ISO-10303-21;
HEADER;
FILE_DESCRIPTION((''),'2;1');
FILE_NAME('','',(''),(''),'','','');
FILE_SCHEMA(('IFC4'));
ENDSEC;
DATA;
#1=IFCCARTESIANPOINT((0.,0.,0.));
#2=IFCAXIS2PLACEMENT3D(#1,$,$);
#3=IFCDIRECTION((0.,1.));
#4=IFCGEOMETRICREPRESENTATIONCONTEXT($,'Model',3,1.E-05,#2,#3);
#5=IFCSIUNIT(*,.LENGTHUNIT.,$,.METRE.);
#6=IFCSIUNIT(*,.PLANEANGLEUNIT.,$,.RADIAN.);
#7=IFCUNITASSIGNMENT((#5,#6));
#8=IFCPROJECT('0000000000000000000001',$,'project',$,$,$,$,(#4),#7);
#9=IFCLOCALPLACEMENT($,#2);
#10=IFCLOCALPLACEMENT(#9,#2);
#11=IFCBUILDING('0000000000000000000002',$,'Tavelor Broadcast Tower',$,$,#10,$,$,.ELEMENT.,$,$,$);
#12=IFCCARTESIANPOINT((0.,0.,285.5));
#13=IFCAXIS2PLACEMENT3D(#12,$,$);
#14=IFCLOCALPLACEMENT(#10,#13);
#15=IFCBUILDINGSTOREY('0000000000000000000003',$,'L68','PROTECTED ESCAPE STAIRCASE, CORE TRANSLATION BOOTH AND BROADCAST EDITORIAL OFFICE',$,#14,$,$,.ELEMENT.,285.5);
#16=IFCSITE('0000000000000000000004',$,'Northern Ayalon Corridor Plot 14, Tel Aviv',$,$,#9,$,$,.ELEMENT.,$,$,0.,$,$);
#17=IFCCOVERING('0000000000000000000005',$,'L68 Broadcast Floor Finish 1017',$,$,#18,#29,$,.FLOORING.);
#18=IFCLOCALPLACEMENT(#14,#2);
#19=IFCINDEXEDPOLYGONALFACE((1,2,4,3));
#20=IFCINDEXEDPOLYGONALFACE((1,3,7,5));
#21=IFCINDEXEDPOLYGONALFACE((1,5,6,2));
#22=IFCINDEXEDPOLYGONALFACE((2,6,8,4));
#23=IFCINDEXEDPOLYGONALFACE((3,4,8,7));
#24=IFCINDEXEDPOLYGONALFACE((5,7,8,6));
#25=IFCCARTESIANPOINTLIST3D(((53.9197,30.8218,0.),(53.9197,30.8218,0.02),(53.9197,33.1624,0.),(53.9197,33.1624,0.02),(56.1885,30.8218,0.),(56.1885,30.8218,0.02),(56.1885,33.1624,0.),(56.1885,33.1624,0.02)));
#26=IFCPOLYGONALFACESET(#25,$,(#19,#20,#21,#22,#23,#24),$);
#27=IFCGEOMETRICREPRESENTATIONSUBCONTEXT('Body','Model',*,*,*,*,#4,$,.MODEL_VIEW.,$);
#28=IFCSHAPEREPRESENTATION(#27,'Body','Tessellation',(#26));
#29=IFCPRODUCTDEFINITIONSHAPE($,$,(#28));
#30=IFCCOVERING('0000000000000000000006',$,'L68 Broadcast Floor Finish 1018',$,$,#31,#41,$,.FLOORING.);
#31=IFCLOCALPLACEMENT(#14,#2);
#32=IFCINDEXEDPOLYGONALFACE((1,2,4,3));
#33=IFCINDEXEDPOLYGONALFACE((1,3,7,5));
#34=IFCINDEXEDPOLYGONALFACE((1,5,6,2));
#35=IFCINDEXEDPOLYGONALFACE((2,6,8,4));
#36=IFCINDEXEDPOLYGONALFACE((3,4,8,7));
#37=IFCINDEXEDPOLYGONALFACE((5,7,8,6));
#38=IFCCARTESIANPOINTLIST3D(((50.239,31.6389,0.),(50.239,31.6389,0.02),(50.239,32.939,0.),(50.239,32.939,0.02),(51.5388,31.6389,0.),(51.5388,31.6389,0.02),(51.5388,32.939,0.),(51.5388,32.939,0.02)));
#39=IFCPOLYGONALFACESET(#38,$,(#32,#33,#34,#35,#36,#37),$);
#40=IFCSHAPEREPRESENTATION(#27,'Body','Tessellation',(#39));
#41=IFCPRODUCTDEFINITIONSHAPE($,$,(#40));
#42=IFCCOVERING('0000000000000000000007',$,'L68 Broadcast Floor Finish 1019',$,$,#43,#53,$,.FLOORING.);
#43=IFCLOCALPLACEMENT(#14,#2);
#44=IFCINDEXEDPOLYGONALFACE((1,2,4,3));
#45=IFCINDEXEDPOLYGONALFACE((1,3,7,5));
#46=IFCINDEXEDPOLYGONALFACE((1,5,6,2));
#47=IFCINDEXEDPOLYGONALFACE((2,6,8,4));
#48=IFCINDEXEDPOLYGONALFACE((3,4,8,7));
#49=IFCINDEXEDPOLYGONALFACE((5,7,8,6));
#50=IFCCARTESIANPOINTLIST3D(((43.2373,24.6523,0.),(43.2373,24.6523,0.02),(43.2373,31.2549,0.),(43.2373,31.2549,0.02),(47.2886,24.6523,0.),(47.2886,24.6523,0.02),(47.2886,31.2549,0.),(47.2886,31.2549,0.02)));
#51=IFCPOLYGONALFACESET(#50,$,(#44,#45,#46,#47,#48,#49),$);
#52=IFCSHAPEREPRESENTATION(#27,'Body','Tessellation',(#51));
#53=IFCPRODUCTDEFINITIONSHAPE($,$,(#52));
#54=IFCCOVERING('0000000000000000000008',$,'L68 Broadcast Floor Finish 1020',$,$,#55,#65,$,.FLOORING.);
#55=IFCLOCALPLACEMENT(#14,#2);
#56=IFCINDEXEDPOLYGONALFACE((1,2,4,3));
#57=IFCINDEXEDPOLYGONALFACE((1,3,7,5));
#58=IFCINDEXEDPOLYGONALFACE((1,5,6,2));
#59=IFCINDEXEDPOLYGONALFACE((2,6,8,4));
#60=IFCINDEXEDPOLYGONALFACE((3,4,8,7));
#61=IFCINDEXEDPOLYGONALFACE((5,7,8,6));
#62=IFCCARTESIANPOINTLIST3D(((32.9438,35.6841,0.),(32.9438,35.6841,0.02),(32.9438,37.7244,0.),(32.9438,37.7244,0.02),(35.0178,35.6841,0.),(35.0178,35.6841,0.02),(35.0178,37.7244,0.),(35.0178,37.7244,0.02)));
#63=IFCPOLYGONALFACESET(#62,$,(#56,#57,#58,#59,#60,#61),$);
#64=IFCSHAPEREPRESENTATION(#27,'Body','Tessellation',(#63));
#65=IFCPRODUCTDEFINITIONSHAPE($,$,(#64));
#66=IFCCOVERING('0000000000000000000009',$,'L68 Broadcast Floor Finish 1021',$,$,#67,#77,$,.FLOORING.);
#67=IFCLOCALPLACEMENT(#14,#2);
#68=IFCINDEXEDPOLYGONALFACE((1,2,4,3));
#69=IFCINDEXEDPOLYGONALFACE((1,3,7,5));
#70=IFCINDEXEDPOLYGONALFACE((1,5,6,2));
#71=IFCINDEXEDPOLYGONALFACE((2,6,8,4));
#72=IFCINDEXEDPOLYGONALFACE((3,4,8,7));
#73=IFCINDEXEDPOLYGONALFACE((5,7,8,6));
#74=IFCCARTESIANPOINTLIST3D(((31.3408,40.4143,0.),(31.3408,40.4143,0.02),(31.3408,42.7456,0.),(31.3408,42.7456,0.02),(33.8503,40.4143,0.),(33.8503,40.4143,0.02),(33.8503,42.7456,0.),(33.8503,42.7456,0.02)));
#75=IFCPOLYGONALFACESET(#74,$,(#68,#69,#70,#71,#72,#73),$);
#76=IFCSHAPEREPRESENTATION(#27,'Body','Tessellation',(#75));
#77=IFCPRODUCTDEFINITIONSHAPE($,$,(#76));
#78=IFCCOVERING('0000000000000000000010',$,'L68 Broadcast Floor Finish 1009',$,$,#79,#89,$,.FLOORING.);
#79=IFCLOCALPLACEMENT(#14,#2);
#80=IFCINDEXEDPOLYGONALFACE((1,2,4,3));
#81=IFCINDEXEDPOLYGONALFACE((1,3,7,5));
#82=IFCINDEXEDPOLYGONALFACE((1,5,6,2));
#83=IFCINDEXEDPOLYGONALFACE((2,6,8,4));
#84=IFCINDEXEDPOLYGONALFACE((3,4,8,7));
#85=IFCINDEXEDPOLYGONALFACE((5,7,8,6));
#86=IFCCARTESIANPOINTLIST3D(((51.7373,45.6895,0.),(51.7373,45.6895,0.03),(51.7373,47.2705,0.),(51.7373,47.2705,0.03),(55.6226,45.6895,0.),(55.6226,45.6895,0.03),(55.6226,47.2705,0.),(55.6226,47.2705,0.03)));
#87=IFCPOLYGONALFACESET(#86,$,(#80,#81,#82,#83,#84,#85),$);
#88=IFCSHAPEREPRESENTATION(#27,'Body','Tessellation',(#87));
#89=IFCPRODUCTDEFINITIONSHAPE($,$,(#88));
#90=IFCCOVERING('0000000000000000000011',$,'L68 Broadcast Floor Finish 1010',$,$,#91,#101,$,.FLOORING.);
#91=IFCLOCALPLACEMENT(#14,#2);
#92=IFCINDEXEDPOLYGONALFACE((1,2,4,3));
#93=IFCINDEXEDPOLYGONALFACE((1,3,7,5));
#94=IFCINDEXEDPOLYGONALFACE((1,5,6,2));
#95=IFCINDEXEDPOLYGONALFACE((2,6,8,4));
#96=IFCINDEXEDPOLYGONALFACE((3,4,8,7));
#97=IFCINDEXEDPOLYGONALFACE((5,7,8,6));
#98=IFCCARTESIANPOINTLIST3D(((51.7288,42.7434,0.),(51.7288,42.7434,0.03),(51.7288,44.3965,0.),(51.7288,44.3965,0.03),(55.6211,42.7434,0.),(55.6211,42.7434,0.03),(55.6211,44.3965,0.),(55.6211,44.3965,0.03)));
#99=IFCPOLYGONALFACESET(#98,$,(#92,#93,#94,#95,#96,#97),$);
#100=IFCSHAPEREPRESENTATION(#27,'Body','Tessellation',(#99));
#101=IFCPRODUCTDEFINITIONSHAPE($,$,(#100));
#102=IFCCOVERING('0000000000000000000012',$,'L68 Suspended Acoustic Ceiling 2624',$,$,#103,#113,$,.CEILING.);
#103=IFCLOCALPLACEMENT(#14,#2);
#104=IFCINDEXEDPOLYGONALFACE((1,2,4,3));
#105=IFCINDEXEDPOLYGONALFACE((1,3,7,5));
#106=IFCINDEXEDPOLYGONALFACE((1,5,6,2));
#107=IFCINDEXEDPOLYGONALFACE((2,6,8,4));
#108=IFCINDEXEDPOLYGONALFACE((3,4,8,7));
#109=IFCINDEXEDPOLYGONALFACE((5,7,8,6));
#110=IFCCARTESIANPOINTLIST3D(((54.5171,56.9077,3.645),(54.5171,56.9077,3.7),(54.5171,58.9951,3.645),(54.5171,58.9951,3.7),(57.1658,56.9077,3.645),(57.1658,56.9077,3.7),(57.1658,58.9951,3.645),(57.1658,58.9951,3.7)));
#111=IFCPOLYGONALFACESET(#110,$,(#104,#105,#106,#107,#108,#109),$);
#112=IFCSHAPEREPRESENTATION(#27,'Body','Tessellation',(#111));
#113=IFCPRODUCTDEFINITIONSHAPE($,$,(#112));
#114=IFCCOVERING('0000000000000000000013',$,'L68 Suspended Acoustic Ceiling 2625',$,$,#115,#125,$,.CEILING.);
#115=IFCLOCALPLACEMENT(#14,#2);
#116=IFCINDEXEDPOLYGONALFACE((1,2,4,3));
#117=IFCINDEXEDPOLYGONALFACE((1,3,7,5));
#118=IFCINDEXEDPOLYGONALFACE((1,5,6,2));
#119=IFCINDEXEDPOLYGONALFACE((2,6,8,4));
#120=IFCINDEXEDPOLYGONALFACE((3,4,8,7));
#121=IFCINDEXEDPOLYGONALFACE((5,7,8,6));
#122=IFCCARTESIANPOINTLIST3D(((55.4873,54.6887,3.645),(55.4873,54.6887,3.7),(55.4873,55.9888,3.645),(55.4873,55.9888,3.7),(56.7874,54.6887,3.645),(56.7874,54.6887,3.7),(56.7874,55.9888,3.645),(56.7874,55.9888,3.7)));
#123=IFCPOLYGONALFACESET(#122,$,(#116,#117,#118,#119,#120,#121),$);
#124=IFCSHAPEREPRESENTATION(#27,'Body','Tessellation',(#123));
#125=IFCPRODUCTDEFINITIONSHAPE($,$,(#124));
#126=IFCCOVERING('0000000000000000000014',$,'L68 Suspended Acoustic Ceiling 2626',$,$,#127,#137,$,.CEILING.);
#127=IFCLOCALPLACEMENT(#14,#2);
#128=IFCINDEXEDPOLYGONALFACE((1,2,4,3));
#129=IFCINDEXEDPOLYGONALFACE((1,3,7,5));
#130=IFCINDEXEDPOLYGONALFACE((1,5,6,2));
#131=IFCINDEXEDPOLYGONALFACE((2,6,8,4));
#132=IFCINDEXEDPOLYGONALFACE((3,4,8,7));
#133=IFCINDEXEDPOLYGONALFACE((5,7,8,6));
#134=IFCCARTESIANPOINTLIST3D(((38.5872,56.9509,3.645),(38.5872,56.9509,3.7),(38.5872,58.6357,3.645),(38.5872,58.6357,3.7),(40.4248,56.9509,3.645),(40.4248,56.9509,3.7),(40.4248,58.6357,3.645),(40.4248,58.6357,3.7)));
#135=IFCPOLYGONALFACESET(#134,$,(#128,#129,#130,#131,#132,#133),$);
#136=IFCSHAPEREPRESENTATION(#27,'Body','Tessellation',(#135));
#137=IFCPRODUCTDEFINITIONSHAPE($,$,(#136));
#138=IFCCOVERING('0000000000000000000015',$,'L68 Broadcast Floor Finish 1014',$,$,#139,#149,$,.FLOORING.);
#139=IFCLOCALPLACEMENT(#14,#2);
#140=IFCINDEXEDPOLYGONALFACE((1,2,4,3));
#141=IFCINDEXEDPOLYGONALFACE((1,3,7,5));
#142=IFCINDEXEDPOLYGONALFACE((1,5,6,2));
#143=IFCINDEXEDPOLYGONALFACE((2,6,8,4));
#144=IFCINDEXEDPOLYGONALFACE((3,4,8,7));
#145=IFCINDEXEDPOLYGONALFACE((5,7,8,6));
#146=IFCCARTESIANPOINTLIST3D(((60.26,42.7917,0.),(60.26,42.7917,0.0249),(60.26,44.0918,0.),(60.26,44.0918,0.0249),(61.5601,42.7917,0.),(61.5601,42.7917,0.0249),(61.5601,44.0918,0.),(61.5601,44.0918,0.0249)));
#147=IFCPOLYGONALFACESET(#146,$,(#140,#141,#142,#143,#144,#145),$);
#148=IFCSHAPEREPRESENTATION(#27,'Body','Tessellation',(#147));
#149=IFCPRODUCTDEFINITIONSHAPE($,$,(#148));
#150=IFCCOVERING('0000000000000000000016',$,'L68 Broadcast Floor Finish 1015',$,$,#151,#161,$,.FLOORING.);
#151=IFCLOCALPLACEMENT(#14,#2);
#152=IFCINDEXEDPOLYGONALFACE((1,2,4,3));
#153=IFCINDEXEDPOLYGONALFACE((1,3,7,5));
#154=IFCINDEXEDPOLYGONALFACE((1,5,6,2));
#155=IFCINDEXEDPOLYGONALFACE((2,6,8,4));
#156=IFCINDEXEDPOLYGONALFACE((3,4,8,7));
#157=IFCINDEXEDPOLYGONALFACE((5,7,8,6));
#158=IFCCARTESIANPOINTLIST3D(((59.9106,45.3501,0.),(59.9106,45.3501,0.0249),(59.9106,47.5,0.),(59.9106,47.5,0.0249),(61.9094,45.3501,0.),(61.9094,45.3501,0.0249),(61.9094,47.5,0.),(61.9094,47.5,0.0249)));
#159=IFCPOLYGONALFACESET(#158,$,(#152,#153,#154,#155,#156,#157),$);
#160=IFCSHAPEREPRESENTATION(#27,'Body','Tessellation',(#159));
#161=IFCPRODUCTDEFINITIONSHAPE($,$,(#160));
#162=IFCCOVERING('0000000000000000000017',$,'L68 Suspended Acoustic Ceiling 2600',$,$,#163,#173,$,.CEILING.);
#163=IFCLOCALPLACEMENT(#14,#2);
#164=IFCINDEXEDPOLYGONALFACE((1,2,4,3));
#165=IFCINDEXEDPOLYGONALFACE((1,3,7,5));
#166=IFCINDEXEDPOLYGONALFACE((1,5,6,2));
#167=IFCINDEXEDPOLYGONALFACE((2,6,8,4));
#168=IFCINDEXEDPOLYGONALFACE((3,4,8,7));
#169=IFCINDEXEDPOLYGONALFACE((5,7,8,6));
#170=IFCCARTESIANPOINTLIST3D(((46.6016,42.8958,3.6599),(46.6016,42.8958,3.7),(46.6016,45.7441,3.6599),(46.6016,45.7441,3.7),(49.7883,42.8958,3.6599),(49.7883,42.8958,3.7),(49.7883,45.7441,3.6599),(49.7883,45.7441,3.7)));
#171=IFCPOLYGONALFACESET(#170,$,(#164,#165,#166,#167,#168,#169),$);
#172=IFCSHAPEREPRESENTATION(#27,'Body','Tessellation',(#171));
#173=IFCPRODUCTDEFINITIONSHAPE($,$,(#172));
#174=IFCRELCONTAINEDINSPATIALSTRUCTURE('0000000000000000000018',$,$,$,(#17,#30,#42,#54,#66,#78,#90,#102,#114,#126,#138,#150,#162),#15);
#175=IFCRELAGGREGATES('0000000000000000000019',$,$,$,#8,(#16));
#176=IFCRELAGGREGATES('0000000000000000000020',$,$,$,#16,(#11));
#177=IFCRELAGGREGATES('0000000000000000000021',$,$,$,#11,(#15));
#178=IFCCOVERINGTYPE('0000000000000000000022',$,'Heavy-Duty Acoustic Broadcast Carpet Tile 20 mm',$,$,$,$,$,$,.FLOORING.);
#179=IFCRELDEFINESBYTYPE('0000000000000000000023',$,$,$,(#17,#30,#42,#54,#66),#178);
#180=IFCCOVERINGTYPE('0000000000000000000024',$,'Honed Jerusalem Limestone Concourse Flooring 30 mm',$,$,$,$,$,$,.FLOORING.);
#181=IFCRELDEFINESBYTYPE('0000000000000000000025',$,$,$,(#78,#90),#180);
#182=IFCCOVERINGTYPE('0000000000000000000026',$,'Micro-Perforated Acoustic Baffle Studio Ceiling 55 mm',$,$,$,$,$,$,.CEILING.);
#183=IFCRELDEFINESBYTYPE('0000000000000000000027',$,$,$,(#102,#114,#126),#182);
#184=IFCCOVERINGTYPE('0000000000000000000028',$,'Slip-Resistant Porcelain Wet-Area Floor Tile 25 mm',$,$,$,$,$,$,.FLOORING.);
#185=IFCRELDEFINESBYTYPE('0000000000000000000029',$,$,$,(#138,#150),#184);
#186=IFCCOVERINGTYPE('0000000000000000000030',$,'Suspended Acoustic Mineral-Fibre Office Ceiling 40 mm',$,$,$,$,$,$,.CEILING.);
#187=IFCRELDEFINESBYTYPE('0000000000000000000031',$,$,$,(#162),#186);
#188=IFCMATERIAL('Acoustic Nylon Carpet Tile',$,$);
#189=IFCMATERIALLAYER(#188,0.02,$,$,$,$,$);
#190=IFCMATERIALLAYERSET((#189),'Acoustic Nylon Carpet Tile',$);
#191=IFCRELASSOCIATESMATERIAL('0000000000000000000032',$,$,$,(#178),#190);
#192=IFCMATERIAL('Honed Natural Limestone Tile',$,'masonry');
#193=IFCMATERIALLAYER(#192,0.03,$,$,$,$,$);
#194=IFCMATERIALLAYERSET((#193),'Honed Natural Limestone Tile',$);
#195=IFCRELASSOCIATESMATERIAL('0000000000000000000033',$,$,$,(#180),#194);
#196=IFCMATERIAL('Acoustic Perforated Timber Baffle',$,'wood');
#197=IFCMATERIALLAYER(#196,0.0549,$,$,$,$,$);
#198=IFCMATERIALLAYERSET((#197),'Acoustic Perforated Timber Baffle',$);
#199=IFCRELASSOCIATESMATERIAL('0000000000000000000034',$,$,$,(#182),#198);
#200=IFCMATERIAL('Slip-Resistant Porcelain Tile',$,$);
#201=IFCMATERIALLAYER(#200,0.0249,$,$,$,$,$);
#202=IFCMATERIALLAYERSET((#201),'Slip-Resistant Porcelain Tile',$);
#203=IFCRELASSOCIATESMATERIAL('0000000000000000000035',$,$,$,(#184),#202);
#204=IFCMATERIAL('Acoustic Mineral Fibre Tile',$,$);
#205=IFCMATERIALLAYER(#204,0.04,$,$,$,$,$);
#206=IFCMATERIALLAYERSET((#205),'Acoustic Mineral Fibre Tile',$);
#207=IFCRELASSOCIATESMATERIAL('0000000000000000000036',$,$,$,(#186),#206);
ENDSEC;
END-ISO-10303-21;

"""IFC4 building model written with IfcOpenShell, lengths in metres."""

from ifc_helpers import new_model, si_unit, direction, frame, origin, place, context, subcontext, project, spatial, polyline, outline, extrude, material, layer, layer_set, type_object, element, save


model = new_model("IFC4")

# Units and contexts
model_context = context("Model", 3, precision=1e-05, world=origin(), true_north=direction((0.0, 1.0)))
body_context = subcontext(model_context, "Body", "Model", "MODEL_VIEW")
ifc_project = project(units=[si_unit("LENGTHUNIT", "METRE"), si_unit("PLANEANGLEUNIT", "RADIAN")], contexts=[model_context])

# Site, building, storey
site_placement = place(None, origin())
site = spatial("IfcSite", under=ifc_project, at=site_placement, Name="Northern Ayalon Corridor Plot 14, Tel Aviv", CompositionType="ELEMENT", RefElevation=0.0)
building_placement = place(site_placement, origin())
building = spatial("IfcBuilding", under=site, at=building_placement, Name="Tavelor Broadcast Tower", CompositionType="ELEMENT")
storey_placement = place(building_placement, frame((0.0, 0.0, 285.5)))
storey = spatial("IfcBuildingStorey", under=building, at=storey_placement, Name="L68", Description="PROTECTED ESCAPE STAIRCASE, CORE TRANSLATION BOOTH AND BROADCAST EDITORIAL OFFICE", CompositionType="ELEMENT", Elevation=285.5)

# Coverings
ifc_material_1 = material(Name="Acoustic Nylon Carpet Tile")
ifc_layer_1 = layer(ifc_material_1, 0.02)
ifc_layer_set_1 = layer_set([ifc_layer_1], Name="Acoustic Nylon Carpet Tile")
covering_type_1 = type_object("IfcCoveringType", Name="Heavy-Duty Acoustic Broadcast Carpet Tile 20 mm", PredefinedType="FLOORING", material=ifc_layer_set_1)
covering_1_placement = place(storey_placement, origin())
element("IfcCovering", 1, at=covering_1_placement, inside=storey, type_object=covering_type_1, Name="L68 Broadcast Floor Finish 1017", PredefinedType="FLOORING", context=body_context, shape_type="SweptSolid", body=[
    extrude(outline(polyline([(53.9197, 30.8218), (56.1885, 30.8218), (56.1885, 33.1624), (53.9197, 33.1624), (53.9197, 30.8218)])), origin(), (0.0, 0.0, 1.0), 0.02),
])
covering_2_placement = place(storey_placement, origin())
element("IfcCovering", 2, at=covering_2_placement, inside=storey, type_object=covering_type_1, Name="L68 Broadcast Floor Finish 1018", PredefinedType="FLOORING", context=body_context, shape_type="SweptSolid", body=[
    extrude(outline(polyline([(50.239, 31.6389), (51.5388, 31.6389), (51.5388, 32.939), (50.239, 32.939), (50.239, 31.6389)])), origin(), (0.0, 0.0, 1.0), 0.02),
])
covering_3_placement = place(storey_placement, origin())
element("IfcCovering", 3, at=covering_3_placement, inside=storey, type_object=covering_type_1, Name="L68 Broadcast Floor Finish 1019", PredefinedType="FLOORING", context=body_context, shape_type="SweptSolid", body=[
    extrude(outline(polyline([(43.2373, 24.6523), (47.2886, 24.6523), (47.2886, 31.2549), (43.2373, 31.2549), (43.2373, 24.6523)])), origin(), (0.0, 0.0, 1.0), 0.02),
])
covering_4_placement = place(storey_placement, origin())
element("IfcCovering", 4, at=covering_4_placement, inside=storey, type_object=covering_type_1, Name="L68 Broadcast Floor Finish 1020", PredefinedType="FLOORING", context=body_context, shape_type="SweptSolid", body=[
    extrude(outline(polyline([(32.9438, 35.6841), (35.0178, 35.6841), (35.0178, 37.7244), (32.9438, 37.7244), (32.9438, 35.6841)])), origin(), (0.0, 0.0, 1.0), 0.02),
])
covering_5_placement = place(storey_placement, origin())
element("IfcCovering", 5, at=covering_5_placement, inside=storey, type_object=covering_type_1, Name="L68 Broadcast Floor Finish 1021", PredefinedType="FLOORING", context=body_context, shape_type="SweptSolid", body=[
    extrude(outline(polyline([(31.3408, 40.4143), (33.8503, 40.4143), (33.8503, 42.7456), (31.3408, 42.7456), (31.3408, 40.4143)])), origin(), (0.0, 0.0, 1.0), 0.02),
])
ifc_material_2 = material(Name="Honed Natural Limestone Tile", Category="masonry")
ifc_layer_2 = layer(ifc_material_2, 0.03)
ifc_layer_set_2 = layer_set([ifc_layer_2], Name="Honed Natural Limestone Tile")
covering_type_2 = type_object("IfcCoveringType", Name="Honed Jerusalem Limestone Concourse Flooring 30 mm", PredefinedType="FLOORING", material=ifc_layer_set_2)
covering_6_placement = place(storey_placement, origin())
element("IfcCovering", 6, at=covering_6_placement, inside=storey, type_object=covering_type_2, Name="L68 Broadcast Floor Finish 1009", PredefinedType="FLOORING", context=body_context, shape_type="SweptSolid", body=[
    extrude(outline(polyline([(51.7373, 45.6895), (55.6226, 45.6895), (55.6226, 47.2705), (51.7373, 47.2705), (51.7373, 45.6895)])), origin(), (0.0, 0.0, 1.0), 0.03),
])
covering_7_placement = place(storey_placement, origin())
element("IfcCovering", 7, at=covering_7_placement, inside=storey, type_object=covering_type_2, Name="L68 Broadcast Floor Finish 1010", PredefinedType="FLOORING", context=body_context, shape_type="SweptSolid", body=[
    extrude(outline(polyline([(51.7288, 42.7434), (55.6211, 42.7434), (55.6211, 44.3965), (51.7288, 44.3965), (51.7288, 42.7434)])), origin(), (0.0, 0.0, 1.0), 0.03),
])
ifc_material_3 = material(Name="Acoustic Perforated Timber Baffle", Category="wood")
ifc_layer_3 = layer(ifc_material_3, 0.0549)
ifc_layer_set_3 = layer_set([ifc_layer_3], Name="Acoustic Perforated Timber Baffle")
covering_type_3 = type_object("IfcCoveringType", Name="Micro-Perforated Acoustic Baffle Studio Ceiling 55 mm", PredefinedType="CEILING", material=ifc_layer_set_3)
covering_8_placement = place(storey_placement, frame((0.0, 0.0, 3.645)))
element("IfcCovering", 8, at=covering_8_placement, inside=storey, type_object=covering_type_3, Name="L68 Suspended Acoustic Ceiling 2624", PredefinedType="CEILING", context=body_context, shape_type="SweptSolid", body=[
    extrude(outline(polyline([(54.5171, 56.9077), (57.1658, 56.9077), (57.1658, 58.9951), (54.5171, 58.9951), (54.5171, 56.9077)])), origin(), (0.0, 0.0, 1.0), 0.0549),
])
covering_9_placement = place(storey_placement, frame((0.0, 0.0, 3.645)))
element("IfcCovering", 9, at=covering_9_placement, inside=storey, type_object=covering_type_3, Name="L68 Suspended Acoustic Ceiling 2625", PredefinedType="CEILING", context=body_context, shape_type="SweptSolid", body=[
    extrude(outline(polyline([(55.4873, 54.6887), (56.7874, 54.6887), (56.7874, 55.9888), (55.4873, 55.9888), (55.4873, 54.6887)])), origin(), (0.0, 0.0, 1.0), 0.0549),
])
covering_10_placement = place(storey_placement, frame((0.0, 0.0, 3.645)))
element("IfcCovering", 10, at=covering_10_placement, inside=storey, type_object=covering_type_3, Name="L68 Suspended Acoustic Ceiling 2626", PredefinedType="CEILING", context=body_context, shape_type="SweptSolid", body=[
    extrude(outline(polyline([(38.5872, 56.9509), (40.4248, 56.9509), (40.4248, 58.6357), (38.5872, 58.6357), (38.5872, 56.9509)])), origin(), (0.0, 0.0, 1.0), 0.0549),
])
ifc_material_4 = material(Name="Slip-Resistant Porcelain Tile")
ifc_layer_4 = layer(ifc_material_4, 0.0249)
ifc_layer_set_4 = layer_set([ifc_layer_4], Name="Slip-Resistant Porcelain Tile")
covering_type_4 = type_object("IfcCoveringType", Name="Slip-Resistant Porcelain Wet-Area Floor Tile 25 mm", PredefinedType="FLOORING", material=ifc_layer_set_4)
covering_11_placement = place(storey_placement, origin())
element("IfcCovering", 11, at=covering_11_placement, inside=storey, type_object=covering_type_4, Name="L68 Broadcast Floor Finish 1014", PredefinedType="FLOORING", context=body_context, shape_type="SweptSolid", body=[
    extrude(outline(polyline([(60.26, 42.7917), (61.5601, 42.7917), (61.5601, 44.0918), (60.26, 44.0918), (60.26, 42.7917)])), origin(), (0.0, 0.0, 1.0), 0.0249),
])
covering_12_placement = place(storey_placement, origin())
element("IfcCovering", 12, at=covering_12_placement, inside=storey, type_object=covering_type_4, Name="L68 Broadcast Floor Finish 1015", PredefinedType="FLOORING", context=body_context, shape_type="SweptSolid", body=[
    extrude(outline(polyline([(59.9106, 45.3501), (61.9094, 45.3501), (61.9094, 47.5), (59.9106, 47.5), (59.9106, 45.3501)])), origin(), (0.0, 0.0, 1.0), 0.0249),
])
ifc_material_5 = material(Name="Acoustic Mineral Fibre Tile")
ifc_layer_5 = layer(ifc_material_5, 0.04)
ifc_layer_set_5 = layer_set([ifc_layer_5], Name="Acoustic Mineral Fibre Tile")
covering_type_5 = type_object("IfcCoveringType", Name="Suspended Acoustic Mineral-Fibre Office Ceiling 40 mm", PredefinedType="CEILING", material=ifc_layer_set_5)
covering_13_placement = place(storey_placement, frame((0.0, 0.0, 3.6599)))
element("IfcCovering", 13, at=covering_13_placement, inside=storey, type_object=covering_type_5, Name="L68 Suspended Acoustic Ceiling 2600", PredefinedType="CEILING", context=body_context, shape_type="SweptSolid", body=[
    extrude(outline(polyline([(46.6016, 42.8958), (49.7883, 42.8958), (49.7883, 45.7441), (46.6016, 45.7441), (46.6016, 42.8958)])), origin(), (0.0, 0.0, 1.0), 0.04),
])

save(model, "model.ifc")
